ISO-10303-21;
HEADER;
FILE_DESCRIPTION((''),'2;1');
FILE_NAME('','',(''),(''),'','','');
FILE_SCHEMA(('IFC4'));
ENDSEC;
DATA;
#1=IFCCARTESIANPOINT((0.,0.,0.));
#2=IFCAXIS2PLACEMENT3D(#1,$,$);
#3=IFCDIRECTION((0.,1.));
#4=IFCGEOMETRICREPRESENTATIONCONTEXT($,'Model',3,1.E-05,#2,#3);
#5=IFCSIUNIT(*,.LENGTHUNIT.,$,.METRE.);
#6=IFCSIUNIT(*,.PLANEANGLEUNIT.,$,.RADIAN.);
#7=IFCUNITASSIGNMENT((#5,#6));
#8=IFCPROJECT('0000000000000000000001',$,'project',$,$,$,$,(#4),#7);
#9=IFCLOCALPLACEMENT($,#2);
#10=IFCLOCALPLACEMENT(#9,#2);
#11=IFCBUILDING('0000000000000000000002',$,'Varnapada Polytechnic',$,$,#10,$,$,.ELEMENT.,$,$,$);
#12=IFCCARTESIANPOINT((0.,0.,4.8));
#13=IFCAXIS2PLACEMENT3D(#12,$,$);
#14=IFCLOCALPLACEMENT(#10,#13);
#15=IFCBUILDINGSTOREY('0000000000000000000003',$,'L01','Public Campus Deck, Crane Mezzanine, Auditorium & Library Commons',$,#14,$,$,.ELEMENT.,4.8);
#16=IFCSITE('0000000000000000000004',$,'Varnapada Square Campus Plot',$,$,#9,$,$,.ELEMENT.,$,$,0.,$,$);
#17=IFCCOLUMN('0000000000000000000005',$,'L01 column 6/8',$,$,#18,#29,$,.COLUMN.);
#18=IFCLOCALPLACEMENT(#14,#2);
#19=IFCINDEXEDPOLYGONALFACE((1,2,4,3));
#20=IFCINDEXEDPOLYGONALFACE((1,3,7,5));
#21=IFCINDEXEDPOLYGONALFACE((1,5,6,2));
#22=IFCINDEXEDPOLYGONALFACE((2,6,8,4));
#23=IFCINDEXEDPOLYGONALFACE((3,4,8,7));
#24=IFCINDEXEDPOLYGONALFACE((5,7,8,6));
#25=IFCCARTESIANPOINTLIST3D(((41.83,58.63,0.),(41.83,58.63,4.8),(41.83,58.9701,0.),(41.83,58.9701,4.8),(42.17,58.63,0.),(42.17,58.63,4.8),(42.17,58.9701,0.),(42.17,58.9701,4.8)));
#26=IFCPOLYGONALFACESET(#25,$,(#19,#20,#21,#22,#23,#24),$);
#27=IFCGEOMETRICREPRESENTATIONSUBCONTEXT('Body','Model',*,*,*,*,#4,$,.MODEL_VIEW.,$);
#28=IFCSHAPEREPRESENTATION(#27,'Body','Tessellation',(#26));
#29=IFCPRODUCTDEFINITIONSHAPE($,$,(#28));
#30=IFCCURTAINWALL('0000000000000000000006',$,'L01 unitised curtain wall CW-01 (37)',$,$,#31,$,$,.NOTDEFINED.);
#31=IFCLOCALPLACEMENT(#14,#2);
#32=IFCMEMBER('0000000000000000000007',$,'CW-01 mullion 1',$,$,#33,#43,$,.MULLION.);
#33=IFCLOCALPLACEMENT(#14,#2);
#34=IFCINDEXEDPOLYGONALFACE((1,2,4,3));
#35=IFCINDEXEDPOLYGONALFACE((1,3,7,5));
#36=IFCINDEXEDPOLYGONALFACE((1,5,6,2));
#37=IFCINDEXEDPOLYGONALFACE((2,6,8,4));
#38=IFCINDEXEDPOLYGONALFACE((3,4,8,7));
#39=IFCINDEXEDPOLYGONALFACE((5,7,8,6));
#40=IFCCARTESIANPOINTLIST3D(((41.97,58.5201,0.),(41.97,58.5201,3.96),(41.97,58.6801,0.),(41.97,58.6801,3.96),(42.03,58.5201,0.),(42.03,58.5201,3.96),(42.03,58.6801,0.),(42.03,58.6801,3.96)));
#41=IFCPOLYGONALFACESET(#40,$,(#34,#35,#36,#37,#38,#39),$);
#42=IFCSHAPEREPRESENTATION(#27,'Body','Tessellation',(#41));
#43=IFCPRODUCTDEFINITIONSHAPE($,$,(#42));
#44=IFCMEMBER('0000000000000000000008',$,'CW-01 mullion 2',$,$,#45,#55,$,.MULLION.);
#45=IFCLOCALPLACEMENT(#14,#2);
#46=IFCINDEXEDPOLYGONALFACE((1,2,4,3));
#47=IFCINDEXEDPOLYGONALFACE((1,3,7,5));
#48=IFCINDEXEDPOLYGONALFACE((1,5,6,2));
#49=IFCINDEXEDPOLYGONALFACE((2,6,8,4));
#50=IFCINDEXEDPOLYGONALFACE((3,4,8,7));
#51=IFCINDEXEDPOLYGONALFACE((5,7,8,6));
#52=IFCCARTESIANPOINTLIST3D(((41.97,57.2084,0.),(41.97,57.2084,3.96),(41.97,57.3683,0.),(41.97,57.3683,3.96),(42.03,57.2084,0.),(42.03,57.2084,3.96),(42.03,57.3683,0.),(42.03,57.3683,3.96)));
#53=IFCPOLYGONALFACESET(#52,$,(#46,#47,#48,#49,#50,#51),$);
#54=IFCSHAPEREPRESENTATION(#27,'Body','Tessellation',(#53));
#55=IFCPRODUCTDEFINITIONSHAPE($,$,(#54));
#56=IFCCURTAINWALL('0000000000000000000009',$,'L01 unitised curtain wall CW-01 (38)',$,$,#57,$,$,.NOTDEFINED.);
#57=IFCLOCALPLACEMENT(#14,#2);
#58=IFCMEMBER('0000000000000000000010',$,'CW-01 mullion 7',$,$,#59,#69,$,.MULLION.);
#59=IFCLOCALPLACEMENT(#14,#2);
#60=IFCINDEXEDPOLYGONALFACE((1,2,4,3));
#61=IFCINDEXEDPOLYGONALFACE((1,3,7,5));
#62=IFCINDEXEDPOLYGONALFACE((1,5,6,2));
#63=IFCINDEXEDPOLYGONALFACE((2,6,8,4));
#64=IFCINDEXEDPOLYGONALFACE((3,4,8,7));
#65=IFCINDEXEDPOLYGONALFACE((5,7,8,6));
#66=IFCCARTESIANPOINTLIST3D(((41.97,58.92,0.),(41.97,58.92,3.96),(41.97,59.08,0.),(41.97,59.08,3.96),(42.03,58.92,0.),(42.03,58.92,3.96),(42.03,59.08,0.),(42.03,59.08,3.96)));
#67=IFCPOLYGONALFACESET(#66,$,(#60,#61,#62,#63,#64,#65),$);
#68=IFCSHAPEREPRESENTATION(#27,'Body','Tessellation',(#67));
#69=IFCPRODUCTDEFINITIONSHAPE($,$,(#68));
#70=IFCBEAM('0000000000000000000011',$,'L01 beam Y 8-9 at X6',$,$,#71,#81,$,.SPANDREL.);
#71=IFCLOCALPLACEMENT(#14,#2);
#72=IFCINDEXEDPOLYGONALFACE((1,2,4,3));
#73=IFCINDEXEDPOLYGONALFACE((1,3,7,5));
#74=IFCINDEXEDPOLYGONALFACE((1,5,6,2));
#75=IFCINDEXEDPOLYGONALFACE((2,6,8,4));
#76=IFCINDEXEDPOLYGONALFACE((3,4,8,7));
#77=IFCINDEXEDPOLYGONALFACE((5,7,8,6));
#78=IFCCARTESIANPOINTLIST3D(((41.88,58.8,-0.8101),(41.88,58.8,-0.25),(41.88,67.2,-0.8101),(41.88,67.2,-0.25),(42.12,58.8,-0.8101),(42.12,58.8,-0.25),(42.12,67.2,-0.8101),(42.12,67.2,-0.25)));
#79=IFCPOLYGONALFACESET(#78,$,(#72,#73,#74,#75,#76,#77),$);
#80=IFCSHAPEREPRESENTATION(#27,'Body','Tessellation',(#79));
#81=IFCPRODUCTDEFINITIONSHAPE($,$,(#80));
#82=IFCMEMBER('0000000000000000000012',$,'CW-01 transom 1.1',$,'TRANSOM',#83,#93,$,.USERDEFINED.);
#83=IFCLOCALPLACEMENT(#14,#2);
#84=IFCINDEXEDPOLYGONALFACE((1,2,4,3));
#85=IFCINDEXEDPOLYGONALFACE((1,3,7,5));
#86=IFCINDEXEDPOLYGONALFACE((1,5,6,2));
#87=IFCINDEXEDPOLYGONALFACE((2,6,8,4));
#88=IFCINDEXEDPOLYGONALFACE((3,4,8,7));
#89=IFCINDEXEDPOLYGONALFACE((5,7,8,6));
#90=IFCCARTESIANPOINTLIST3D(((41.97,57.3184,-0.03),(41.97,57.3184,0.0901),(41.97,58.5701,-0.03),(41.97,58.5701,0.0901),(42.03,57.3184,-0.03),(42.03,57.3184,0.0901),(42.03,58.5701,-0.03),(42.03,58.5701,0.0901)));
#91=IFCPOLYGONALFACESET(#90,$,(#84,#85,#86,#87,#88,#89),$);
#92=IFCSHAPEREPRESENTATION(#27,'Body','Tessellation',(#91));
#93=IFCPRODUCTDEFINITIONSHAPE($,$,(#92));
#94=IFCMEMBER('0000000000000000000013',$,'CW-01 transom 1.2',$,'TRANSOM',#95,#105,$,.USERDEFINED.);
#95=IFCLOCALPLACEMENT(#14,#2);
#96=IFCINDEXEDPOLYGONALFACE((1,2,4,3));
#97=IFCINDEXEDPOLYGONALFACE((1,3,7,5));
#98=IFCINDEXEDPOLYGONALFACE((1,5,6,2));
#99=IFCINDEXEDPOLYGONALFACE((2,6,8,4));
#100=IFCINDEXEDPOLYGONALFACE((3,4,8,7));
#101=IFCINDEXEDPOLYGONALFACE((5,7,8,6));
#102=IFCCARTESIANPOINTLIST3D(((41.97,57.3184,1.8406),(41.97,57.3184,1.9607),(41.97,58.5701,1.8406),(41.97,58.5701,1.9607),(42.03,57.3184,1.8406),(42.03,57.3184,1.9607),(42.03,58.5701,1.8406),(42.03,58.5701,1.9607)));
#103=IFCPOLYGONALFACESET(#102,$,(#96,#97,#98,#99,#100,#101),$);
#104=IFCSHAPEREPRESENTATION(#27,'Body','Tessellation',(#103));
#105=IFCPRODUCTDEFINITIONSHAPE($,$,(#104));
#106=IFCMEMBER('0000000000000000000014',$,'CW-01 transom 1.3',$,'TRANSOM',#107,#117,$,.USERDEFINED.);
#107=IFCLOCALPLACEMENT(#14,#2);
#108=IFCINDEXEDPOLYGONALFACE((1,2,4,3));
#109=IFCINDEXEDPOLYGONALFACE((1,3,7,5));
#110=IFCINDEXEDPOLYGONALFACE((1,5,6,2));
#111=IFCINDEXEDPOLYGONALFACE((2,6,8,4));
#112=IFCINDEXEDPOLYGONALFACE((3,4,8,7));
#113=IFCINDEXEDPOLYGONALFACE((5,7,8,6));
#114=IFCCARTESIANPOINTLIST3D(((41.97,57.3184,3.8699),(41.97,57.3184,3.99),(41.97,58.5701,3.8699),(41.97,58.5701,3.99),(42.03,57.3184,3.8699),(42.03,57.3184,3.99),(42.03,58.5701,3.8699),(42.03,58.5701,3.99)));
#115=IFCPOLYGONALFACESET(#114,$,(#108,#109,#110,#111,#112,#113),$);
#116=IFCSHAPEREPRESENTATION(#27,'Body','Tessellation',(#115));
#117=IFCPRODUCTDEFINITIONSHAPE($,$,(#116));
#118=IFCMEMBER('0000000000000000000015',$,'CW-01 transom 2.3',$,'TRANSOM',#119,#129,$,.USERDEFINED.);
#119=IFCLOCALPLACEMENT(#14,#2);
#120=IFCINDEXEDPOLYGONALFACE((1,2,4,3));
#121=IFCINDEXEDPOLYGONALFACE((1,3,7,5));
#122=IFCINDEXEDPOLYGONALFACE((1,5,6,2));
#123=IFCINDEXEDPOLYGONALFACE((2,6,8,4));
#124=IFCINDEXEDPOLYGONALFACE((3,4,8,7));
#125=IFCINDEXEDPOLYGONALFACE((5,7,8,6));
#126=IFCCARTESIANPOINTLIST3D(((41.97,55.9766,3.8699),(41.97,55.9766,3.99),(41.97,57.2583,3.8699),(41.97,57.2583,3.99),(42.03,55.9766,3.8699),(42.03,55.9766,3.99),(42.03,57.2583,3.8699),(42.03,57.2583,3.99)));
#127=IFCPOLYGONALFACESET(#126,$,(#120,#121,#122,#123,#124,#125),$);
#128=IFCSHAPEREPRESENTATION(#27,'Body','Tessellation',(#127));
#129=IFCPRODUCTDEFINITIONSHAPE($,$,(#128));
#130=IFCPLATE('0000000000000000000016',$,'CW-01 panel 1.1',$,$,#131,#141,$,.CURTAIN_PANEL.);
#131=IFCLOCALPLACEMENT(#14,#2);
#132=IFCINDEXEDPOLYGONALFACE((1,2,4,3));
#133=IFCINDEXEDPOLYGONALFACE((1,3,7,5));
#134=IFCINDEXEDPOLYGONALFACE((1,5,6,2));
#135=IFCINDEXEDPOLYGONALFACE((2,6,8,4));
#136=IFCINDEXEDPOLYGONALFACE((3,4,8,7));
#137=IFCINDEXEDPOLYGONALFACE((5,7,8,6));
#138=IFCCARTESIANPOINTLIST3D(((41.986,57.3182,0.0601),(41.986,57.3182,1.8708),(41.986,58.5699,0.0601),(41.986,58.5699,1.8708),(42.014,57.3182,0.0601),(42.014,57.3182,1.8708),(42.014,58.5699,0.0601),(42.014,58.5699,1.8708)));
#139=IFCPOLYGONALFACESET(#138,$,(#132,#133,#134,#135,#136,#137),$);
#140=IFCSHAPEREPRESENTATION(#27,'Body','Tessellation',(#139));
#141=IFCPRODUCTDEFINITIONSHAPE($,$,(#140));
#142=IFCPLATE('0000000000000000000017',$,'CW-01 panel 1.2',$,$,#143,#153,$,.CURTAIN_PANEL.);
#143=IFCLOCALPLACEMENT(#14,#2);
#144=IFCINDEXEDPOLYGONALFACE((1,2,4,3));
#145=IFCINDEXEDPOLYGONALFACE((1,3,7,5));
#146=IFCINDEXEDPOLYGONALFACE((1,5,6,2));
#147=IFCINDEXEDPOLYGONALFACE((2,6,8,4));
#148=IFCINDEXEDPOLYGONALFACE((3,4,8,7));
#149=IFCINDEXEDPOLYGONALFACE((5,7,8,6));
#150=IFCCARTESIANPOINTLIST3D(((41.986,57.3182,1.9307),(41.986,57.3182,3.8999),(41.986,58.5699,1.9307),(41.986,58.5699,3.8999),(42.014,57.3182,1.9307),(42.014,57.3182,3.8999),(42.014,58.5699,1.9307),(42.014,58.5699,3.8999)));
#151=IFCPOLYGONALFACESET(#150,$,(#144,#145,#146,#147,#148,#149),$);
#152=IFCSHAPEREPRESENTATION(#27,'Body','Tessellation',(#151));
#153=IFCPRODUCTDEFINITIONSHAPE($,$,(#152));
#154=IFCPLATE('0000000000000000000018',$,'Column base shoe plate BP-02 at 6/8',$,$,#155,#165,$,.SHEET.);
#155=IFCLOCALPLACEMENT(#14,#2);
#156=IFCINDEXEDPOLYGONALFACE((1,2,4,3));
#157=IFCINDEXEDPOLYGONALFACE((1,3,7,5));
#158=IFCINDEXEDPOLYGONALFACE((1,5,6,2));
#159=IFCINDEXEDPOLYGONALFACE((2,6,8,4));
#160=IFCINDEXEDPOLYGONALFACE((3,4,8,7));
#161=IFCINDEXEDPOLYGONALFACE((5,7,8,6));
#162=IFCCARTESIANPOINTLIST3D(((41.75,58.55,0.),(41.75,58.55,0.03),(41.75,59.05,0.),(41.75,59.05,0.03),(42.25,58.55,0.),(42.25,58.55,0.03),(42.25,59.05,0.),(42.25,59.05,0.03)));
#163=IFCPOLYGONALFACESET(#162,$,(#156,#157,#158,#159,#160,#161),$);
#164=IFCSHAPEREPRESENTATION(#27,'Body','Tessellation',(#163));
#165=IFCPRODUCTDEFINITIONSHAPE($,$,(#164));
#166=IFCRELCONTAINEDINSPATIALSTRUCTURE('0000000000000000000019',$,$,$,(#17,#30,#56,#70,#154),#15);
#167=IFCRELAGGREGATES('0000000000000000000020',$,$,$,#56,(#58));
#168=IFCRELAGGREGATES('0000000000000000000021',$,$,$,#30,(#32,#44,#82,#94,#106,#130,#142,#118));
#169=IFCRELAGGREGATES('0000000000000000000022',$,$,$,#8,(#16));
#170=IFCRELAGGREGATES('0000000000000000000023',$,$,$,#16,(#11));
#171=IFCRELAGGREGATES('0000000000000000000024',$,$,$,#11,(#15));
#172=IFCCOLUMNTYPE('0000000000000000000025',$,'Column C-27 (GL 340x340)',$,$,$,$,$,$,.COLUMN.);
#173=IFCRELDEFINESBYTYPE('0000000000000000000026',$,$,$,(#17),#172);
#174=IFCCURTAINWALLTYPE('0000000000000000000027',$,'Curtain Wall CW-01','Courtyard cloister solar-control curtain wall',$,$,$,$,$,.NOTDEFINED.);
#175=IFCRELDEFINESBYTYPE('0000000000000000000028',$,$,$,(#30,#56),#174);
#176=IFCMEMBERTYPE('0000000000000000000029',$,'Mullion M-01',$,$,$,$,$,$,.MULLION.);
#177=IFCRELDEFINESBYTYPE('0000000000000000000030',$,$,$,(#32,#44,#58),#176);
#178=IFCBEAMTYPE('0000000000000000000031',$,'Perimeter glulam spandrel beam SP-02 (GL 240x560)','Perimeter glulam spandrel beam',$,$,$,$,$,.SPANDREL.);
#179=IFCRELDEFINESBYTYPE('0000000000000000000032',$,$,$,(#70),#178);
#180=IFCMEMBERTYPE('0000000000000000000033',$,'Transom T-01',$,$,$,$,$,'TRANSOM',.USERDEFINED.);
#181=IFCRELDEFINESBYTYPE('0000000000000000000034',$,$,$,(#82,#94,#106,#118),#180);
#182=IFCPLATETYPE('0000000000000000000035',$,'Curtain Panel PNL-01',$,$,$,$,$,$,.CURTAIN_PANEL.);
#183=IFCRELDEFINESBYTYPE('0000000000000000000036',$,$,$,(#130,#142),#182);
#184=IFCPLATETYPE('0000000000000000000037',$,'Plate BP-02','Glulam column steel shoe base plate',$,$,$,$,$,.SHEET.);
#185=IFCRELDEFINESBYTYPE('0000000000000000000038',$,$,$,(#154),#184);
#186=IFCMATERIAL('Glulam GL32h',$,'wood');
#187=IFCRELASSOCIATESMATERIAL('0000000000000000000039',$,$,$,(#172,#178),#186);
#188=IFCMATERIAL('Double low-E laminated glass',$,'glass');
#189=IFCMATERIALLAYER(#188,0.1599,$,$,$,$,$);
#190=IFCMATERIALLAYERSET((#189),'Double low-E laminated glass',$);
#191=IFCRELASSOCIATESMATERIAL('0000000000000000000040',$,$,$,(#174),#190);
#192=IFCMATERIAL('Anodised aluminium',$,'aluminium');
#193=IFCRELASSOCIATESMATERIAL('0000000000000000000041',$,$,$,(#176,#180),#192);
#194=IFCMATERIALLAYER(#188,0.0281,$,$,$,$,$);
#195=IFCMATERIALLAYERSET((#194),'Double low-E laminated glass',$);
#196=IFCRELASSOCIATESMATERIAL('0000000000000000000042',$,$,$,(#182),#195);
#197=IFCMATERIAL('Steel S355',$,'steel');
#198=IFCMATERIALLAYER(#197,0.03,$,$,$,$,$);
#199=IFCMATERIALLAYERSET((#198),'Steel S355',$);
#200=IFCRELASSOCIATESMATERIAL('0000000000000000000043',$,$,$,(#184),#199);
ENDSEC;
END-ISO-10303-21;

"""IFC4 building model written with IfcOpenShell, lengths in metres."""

from ifc_helpers import new_model, si_unit, direction, frame, origin, origin_2d, place, context, subcontext, project, spatial, rectangle, extrude, material, layer, layer_set, material_profile, profile_set, type_object, element, aggregate, save


model = new_model("IFC4")

# Units and contexts
model_context = context("Model", 3, precision=1e-05, world=origin(), true_north=direction((0.0, 1.0)))
body_context = subcontext(model_context, "Body", "Model", "MODEL_VIEW")
ifc_project = project(units=[si_unit("LENGTHUNIT", "METRE"), si_unit("PLANEANGLEUNIT", "RADIAN")], contexts=[model_context])

# Site, building, storey
site_placement = place(None, origin())
site = spatial("IfcSite", under=ifc_project, at=site_placement, Name="Varnapada Square Campus Plot", CompositionType="ELEMENT", RefElevation=0.0)
building_placement = place(site_placement, origin())
building = spatial("IfcBuilding", under=site, at=building_placement, Name="Varnapada Polytechnic", CompositionType="ELEMENT")
storey_placement = place(building_placement, frame((0.0, 0.0, 4.8)))
storey = spatial("IfcBuildingStorey", under=building, at=storey_placement, Name="L01", Description="Public Campus Deck, Crane Mezzanine, Auditorium & Library Commons", CompositionType="ELEMENT", Elevation=4.8)

# Column
ifc_material_1 = material(Name="Glulam GL32h", Category="wood")
ifc_material_profile_1 = material_profile(ifc_material_1, rectangle(XDim=0.3401, YDim=0.3401, at=origin_2d()), Name="GL 340x340")
ifc_profile_set_1 = profile_set([ifc_material_profile_1], Name="Glulam GL32h")
column_type = type_object("IfcColumnType", Name="Column C-27 (GL 340x340)", PredefinedType="COLUMN", material=ifc_profile_set_1)
column_placement = place(storey_placement, frame((42.0, 58.8, 0.0), z_axis=(0.0, 0.0, 1.0), x_axis=(1.0, 0.0, 0.0)))
element("IfcColumn", 1, at=column_placement, inside=storey, type_object=column_type, Name="L01 column 6/8", PredefinedType="COLUMN", context=body_context, shape_type="SweptSolid", body=[
    extrude(rectangle(XDim=0.3401, YDim=0.3401, at=origin_2d()), origin(), (0.0, 0.0, 1.0), 4.8),
])

# Curtain wall, members
ifc_material_2 = material(Name="Double low-E laminated glass", Category="glass")
ifc_layer_1 = layer(ifc_material_2, 0.1599)
ifc_layer_set_1 = layer_set([ifc_layer_1], Name="Double low-E laminated glass")
curtain_wall_type = type_object("IfcCurtainWallType", Name="Curtain Wall CW-01", Description="Courtyard cloister solar-control curtain wall", PredefinedType="NOTDEFINED", material=ifc_layer_set_1)
curtain_wall_1_placement = place(storey_placement, origin())
curtain_wall_1 = element("IfcCurtainWall", 2, at=curtain_wall_1_placement, inside=storey, type_object=curtain_wall_type, Name="L01 unitised curtain wall CW-01 (37)", PredefinedType="NOTDEFINED")
ifc_material_3 = material(Name="Anodised aluminium", Category="aluminium")
ifc_material_profile_2 = material_profile(ifc_material_3, rectangle(XDim=0.0601, YDim=0.1599, at=origin_2d()), Name="ALU M60x160")
ifc_profile_set_2 = profile_set([ifc_material_profile_2], Name="Anodised aluminium")
member_type_1 = type_object("IfcMemberType", Name="Mullion M-01", PredefinedType="MULLION", material=ifc_profile_set_2)
member_1_placement = place(storey_placement, frame((42.0, 58.6001, 0.0), z_axis=(0.0, 0.0, 1.0), x_axis=(1.0, 0.0, 0.0)))
member_1 = element("IfcMember", 3, at=member_1_placement, type_object=member_type_1, Name="CW-01 mullion 1", PredefinedType="MULLION", context=body_context, shape_type="SweptSolid", body=[
    extrude(rectangle(XDim=0.0601, YDim=0.1599, at=origin_2d()), origin(), (0.0, 0.0, 1.0), 3.96),
])
member_2_placement = place(storey_placement, frame((42.0, 57.2883, 0.0), z_axis=(0.0, 0.0, 1.0), x_axis=(1.0, 0.0, 0.0)))
member_2 = element("IfcMember", 4, at=member_2_placement, type_object=member_type_1, Name="CW-01 mullion 2", PredefinedType="MULLION", context=body_context, shape_type="SweptSolid", body=[
    extrude(rectangle(XDim=0.0601, YDim=0.1599, at=origin_2d()), origin(), (0.0, 0.0, 1.0), 3.96),
])

# Curtain wall, member
curtain_wall_2_placement = place(storey_placement, origin())
curtain_wall_2 = element("IfcCurtainWall", 5, at=curtain_wall_2_placement, inside=storey, type_object=curtain_wall_type, Name="L01 unitised curtain wall CW-01 (38)", PredefinedType="NOTDEFINED")
member_3_placement = place(storey_placement, frame((42.0, 59.0, 0.0), z_axis=(0.0, 0.0, 1.0), x_axis=(1.0, 0.0, 0.0)))
member_3 = element("IfcMember", 6, at=member_3_placement, type_object=member_type_1, Name="CW-01 mullion 7", PredefinedType="MULLION", context=body_context, shape_type="SweptSolid", body=[
    extrude(rectangle(XDim=0.0601, YDim=0.1599, at=origin_2d()), origin(), (0.0, 0.0, 1.0), 3.96),
])
aggregate(curtain_wall_2, [member_3])

# Beam
ifc_material_profile_3 = material_profile(ifc_material_1, rectangle(XDim=0.24, YDim=0.5601, at=origin_2d()), Name="GL 240x560")
ifc_profile_set_3 = profile_set([ifc_material_profile_3], Name="Glulam GL32h")
beam_type = type_object("IfcBeamType", Name="Perimeter glulam spandrel beam SP-02 (GL 240x560)", Description="Perimeter glulam spandrel beam", PredefinedType="SPANDREL", material=ifc_profile_set_3)
beam_placement = place(storey_placement, frame((42.0, 58.8, -0.53), z_axis=(0.0, 1.0, 0.0), x_axis=(-1.0, 0.0, 0.0)))
element("IfcBeam", 7, at=beam_placement, inside=storey, type_object=beam_type, Name="L01 beam Y 8-9 at X6", PredefinedType="SPANDREL", context=body_context, shape_type="SweptSolid", body=[
    extrude(rectangle(XDim=0.24, YDim=0.5601, at=origin_2d()), origin(), (0.0, 0.0, 1.0), 8.3999),
])

# Members
ifc_material_profile_4 = material_profile(ifc_material_3, rectangle(XDim=0.0601, YDim=0.1201, at=origin_2d()), Name="ALU T60x120")
ifc_profile_set_4 = profile_set([ifc_material_profile_4], Name="Anodised aluminium")
member_type_2 = type_object("IfcMemberType", Name="Transom T-01", ElementType="TRANSOM", PredefinedType="USERDEFINED", material=ifc_profile_set_4)
member_4_placement = place(storey_placement, frame((42.0, 58.5701, 0.03), z_axis=(0.0, -1.0, 0.0), x_axis=(1.0, 0.0, 0.0)))
member_4 = element("IfcMember", 8, at=member_4_placement, type_object=member_type_2, Name="CW-01 transom 1.1", ObjectType="TRANSOM", PredefinedType="USERDEFINED", context=body_context, shape_type="SweptSolid", body=[
    extrude(rectangle(XDim=0.0601, YDim=0.1201, at=origin_2d()), origin(), (0.0, 0.0, 1.0), 1.2517),
])
member_5_placement = place(storey_placement, frame((42.0, 58.5701, 1.9006), z_axis=(0.0, -1.0, 0.0), x_axis=(1.0, 0.0, 0.0)))
member_5 = element("IfcMember", 9, at=member_5_placement, type_object=member_type_2, Name="CW-01 transom 1.2", ObjectType="TRANSOM", PredefinedType="USERDEFINED", context=body_context, shape_type="SweptSolid", body=[
    extrude(rectangle(XDim=0.0601, YDim=0.1201, at=origin_2d()), origin(), (0.0, 0.0, 1.0), 1.2517),
])
member_6_placement = place(storey_placement, frame((42.0, 58.5701, 3.9299), z_axis=(0.0, -1.0, 0.0), x_axis=(1.0, 0.0, 0.0)))
member_6 = element("IfcMember", 10, at=member_6_placement, type_object=member_type_2, Name="CW-01 transom 1.3", ObjectType="TRANSOM", PredefinedType="USERDEFINED", context=body_context, shape_type="SweptSolid", body=[
    extrude(rectangle(XDim=0.0601, YDim=0.1201, at=origin_2d()), origin(), (0.0, 0.0, 1.0), 1.2517),
])
member_7_placement = place(storey_placement, frame((42.0, 57.2583, 3.9299), z_axis=(0.0, -1.0, 0.0), x_axis=(1.0, 0.0, 0.0)))
member_7 = element("IfcMember", 11, at=member_7_placement, type_object=member_type_2, Name="CW-01 transom 2.3", ObjectType="TRANSOM", PredefinedType="USERDEFINED", context=body_context, shape_type="SweptSolid", body=[
    extrude(rectangle(XDim=0.0601, YDim=0.1201, at=origin_2d()), origin(), (0.0, 0.0, 1.0), 1.2817),
])

# Plates
ifc_layer_2 = layer(ifc_material_2, 0.0281)
ifc_layer_set_2 = layer_set([ifc_layer_2], Name="Double low-E laminated glass")
plate_type_1 = type_object("IfcPlateType", Name="Curtain Panel PNL-01", PredefinedType="CURTAIN_PANEL", material=ifc_layer_set_2)
plate_1_placement = place(storey_placement, frame((42.0, 57.9441, 0.0601), z_axis=(0.0, 0.0, 1.0), x_axis=(0.0, -1.0, 0.0)))
plate_1 = element("IfcPlate", 12, at=plate_1_placement, type_object=plate_type_1, Name="CW-01 panel 1.1", PredefinedType="CURTAIN_PANEL", context=body_context, shape_type="SweptSolid", body=[
    extrude(rectangle(XDim=1.2517, YDim=0.0281, at=origin_2d()), origin(), (0.0, 0.0, 1.0), 1.8108),
])
plate_2_placement = place(storey_placement, frame((42.0, 57.9441, 1.9307), z_axis=(0.0, 0.0, 1.0), x_axis=(0.0, -1.0, 0.0)))
plate_2 = element("IfcPlate", 13, at=plate_2_placement, type_object=plate_type_1, Name="CW-01 panel 1.2", PredefinedType="CURTAIN_PANEL", context=body_context, shape_type="SweptSolid", body=[
    extrude(rectangle(XDim=1.2517, YDim=0.0281, at=origin_2d()), origin(), (0.0, 0.0, 1.0), 1.9692),
])
aggregate(curtain_wall_1, [member_1, member_2, member_4, member_5, member_6, plate_1, plate_2, member_7])
ifc_material_4 = material(Name="Steel S355", Category="steel")
ifc_layer_3 = layer(ifc_material_4, 0.03)
ifc_layer_set_3 = layer_set([ifc_layer_3], Name="Steel S355")
plate_type_2 = type_object("IfcPlateType", Name="Plate BP-02", Description="Glulam column steel shoe base plate", PredefinedType="SHEET", material=ifc_layer_set_3)
plate_3_placement = place(storey_placement, frame((42.0, 58.8, 0.0), z_axis=(0.0, 0.0, 1.0), x_axis=(1.0, 0.0, 0.0)))
element("IfcPlate", 14, at=plate_3_placement, inside=storey, type_object=plate_type_2, Name="Column base shoe plate BP-02 at 6/8", PredefinedType="SHEET", context=body_context, shape_type="SweptSolid", body=[
    extrude(rectangle(XDim=0.5, YDim=0.5, at=origin_2d()), origin(), (0.0, 0.0, 1.0), 0.03),
])

save(model, "model.ifc")
